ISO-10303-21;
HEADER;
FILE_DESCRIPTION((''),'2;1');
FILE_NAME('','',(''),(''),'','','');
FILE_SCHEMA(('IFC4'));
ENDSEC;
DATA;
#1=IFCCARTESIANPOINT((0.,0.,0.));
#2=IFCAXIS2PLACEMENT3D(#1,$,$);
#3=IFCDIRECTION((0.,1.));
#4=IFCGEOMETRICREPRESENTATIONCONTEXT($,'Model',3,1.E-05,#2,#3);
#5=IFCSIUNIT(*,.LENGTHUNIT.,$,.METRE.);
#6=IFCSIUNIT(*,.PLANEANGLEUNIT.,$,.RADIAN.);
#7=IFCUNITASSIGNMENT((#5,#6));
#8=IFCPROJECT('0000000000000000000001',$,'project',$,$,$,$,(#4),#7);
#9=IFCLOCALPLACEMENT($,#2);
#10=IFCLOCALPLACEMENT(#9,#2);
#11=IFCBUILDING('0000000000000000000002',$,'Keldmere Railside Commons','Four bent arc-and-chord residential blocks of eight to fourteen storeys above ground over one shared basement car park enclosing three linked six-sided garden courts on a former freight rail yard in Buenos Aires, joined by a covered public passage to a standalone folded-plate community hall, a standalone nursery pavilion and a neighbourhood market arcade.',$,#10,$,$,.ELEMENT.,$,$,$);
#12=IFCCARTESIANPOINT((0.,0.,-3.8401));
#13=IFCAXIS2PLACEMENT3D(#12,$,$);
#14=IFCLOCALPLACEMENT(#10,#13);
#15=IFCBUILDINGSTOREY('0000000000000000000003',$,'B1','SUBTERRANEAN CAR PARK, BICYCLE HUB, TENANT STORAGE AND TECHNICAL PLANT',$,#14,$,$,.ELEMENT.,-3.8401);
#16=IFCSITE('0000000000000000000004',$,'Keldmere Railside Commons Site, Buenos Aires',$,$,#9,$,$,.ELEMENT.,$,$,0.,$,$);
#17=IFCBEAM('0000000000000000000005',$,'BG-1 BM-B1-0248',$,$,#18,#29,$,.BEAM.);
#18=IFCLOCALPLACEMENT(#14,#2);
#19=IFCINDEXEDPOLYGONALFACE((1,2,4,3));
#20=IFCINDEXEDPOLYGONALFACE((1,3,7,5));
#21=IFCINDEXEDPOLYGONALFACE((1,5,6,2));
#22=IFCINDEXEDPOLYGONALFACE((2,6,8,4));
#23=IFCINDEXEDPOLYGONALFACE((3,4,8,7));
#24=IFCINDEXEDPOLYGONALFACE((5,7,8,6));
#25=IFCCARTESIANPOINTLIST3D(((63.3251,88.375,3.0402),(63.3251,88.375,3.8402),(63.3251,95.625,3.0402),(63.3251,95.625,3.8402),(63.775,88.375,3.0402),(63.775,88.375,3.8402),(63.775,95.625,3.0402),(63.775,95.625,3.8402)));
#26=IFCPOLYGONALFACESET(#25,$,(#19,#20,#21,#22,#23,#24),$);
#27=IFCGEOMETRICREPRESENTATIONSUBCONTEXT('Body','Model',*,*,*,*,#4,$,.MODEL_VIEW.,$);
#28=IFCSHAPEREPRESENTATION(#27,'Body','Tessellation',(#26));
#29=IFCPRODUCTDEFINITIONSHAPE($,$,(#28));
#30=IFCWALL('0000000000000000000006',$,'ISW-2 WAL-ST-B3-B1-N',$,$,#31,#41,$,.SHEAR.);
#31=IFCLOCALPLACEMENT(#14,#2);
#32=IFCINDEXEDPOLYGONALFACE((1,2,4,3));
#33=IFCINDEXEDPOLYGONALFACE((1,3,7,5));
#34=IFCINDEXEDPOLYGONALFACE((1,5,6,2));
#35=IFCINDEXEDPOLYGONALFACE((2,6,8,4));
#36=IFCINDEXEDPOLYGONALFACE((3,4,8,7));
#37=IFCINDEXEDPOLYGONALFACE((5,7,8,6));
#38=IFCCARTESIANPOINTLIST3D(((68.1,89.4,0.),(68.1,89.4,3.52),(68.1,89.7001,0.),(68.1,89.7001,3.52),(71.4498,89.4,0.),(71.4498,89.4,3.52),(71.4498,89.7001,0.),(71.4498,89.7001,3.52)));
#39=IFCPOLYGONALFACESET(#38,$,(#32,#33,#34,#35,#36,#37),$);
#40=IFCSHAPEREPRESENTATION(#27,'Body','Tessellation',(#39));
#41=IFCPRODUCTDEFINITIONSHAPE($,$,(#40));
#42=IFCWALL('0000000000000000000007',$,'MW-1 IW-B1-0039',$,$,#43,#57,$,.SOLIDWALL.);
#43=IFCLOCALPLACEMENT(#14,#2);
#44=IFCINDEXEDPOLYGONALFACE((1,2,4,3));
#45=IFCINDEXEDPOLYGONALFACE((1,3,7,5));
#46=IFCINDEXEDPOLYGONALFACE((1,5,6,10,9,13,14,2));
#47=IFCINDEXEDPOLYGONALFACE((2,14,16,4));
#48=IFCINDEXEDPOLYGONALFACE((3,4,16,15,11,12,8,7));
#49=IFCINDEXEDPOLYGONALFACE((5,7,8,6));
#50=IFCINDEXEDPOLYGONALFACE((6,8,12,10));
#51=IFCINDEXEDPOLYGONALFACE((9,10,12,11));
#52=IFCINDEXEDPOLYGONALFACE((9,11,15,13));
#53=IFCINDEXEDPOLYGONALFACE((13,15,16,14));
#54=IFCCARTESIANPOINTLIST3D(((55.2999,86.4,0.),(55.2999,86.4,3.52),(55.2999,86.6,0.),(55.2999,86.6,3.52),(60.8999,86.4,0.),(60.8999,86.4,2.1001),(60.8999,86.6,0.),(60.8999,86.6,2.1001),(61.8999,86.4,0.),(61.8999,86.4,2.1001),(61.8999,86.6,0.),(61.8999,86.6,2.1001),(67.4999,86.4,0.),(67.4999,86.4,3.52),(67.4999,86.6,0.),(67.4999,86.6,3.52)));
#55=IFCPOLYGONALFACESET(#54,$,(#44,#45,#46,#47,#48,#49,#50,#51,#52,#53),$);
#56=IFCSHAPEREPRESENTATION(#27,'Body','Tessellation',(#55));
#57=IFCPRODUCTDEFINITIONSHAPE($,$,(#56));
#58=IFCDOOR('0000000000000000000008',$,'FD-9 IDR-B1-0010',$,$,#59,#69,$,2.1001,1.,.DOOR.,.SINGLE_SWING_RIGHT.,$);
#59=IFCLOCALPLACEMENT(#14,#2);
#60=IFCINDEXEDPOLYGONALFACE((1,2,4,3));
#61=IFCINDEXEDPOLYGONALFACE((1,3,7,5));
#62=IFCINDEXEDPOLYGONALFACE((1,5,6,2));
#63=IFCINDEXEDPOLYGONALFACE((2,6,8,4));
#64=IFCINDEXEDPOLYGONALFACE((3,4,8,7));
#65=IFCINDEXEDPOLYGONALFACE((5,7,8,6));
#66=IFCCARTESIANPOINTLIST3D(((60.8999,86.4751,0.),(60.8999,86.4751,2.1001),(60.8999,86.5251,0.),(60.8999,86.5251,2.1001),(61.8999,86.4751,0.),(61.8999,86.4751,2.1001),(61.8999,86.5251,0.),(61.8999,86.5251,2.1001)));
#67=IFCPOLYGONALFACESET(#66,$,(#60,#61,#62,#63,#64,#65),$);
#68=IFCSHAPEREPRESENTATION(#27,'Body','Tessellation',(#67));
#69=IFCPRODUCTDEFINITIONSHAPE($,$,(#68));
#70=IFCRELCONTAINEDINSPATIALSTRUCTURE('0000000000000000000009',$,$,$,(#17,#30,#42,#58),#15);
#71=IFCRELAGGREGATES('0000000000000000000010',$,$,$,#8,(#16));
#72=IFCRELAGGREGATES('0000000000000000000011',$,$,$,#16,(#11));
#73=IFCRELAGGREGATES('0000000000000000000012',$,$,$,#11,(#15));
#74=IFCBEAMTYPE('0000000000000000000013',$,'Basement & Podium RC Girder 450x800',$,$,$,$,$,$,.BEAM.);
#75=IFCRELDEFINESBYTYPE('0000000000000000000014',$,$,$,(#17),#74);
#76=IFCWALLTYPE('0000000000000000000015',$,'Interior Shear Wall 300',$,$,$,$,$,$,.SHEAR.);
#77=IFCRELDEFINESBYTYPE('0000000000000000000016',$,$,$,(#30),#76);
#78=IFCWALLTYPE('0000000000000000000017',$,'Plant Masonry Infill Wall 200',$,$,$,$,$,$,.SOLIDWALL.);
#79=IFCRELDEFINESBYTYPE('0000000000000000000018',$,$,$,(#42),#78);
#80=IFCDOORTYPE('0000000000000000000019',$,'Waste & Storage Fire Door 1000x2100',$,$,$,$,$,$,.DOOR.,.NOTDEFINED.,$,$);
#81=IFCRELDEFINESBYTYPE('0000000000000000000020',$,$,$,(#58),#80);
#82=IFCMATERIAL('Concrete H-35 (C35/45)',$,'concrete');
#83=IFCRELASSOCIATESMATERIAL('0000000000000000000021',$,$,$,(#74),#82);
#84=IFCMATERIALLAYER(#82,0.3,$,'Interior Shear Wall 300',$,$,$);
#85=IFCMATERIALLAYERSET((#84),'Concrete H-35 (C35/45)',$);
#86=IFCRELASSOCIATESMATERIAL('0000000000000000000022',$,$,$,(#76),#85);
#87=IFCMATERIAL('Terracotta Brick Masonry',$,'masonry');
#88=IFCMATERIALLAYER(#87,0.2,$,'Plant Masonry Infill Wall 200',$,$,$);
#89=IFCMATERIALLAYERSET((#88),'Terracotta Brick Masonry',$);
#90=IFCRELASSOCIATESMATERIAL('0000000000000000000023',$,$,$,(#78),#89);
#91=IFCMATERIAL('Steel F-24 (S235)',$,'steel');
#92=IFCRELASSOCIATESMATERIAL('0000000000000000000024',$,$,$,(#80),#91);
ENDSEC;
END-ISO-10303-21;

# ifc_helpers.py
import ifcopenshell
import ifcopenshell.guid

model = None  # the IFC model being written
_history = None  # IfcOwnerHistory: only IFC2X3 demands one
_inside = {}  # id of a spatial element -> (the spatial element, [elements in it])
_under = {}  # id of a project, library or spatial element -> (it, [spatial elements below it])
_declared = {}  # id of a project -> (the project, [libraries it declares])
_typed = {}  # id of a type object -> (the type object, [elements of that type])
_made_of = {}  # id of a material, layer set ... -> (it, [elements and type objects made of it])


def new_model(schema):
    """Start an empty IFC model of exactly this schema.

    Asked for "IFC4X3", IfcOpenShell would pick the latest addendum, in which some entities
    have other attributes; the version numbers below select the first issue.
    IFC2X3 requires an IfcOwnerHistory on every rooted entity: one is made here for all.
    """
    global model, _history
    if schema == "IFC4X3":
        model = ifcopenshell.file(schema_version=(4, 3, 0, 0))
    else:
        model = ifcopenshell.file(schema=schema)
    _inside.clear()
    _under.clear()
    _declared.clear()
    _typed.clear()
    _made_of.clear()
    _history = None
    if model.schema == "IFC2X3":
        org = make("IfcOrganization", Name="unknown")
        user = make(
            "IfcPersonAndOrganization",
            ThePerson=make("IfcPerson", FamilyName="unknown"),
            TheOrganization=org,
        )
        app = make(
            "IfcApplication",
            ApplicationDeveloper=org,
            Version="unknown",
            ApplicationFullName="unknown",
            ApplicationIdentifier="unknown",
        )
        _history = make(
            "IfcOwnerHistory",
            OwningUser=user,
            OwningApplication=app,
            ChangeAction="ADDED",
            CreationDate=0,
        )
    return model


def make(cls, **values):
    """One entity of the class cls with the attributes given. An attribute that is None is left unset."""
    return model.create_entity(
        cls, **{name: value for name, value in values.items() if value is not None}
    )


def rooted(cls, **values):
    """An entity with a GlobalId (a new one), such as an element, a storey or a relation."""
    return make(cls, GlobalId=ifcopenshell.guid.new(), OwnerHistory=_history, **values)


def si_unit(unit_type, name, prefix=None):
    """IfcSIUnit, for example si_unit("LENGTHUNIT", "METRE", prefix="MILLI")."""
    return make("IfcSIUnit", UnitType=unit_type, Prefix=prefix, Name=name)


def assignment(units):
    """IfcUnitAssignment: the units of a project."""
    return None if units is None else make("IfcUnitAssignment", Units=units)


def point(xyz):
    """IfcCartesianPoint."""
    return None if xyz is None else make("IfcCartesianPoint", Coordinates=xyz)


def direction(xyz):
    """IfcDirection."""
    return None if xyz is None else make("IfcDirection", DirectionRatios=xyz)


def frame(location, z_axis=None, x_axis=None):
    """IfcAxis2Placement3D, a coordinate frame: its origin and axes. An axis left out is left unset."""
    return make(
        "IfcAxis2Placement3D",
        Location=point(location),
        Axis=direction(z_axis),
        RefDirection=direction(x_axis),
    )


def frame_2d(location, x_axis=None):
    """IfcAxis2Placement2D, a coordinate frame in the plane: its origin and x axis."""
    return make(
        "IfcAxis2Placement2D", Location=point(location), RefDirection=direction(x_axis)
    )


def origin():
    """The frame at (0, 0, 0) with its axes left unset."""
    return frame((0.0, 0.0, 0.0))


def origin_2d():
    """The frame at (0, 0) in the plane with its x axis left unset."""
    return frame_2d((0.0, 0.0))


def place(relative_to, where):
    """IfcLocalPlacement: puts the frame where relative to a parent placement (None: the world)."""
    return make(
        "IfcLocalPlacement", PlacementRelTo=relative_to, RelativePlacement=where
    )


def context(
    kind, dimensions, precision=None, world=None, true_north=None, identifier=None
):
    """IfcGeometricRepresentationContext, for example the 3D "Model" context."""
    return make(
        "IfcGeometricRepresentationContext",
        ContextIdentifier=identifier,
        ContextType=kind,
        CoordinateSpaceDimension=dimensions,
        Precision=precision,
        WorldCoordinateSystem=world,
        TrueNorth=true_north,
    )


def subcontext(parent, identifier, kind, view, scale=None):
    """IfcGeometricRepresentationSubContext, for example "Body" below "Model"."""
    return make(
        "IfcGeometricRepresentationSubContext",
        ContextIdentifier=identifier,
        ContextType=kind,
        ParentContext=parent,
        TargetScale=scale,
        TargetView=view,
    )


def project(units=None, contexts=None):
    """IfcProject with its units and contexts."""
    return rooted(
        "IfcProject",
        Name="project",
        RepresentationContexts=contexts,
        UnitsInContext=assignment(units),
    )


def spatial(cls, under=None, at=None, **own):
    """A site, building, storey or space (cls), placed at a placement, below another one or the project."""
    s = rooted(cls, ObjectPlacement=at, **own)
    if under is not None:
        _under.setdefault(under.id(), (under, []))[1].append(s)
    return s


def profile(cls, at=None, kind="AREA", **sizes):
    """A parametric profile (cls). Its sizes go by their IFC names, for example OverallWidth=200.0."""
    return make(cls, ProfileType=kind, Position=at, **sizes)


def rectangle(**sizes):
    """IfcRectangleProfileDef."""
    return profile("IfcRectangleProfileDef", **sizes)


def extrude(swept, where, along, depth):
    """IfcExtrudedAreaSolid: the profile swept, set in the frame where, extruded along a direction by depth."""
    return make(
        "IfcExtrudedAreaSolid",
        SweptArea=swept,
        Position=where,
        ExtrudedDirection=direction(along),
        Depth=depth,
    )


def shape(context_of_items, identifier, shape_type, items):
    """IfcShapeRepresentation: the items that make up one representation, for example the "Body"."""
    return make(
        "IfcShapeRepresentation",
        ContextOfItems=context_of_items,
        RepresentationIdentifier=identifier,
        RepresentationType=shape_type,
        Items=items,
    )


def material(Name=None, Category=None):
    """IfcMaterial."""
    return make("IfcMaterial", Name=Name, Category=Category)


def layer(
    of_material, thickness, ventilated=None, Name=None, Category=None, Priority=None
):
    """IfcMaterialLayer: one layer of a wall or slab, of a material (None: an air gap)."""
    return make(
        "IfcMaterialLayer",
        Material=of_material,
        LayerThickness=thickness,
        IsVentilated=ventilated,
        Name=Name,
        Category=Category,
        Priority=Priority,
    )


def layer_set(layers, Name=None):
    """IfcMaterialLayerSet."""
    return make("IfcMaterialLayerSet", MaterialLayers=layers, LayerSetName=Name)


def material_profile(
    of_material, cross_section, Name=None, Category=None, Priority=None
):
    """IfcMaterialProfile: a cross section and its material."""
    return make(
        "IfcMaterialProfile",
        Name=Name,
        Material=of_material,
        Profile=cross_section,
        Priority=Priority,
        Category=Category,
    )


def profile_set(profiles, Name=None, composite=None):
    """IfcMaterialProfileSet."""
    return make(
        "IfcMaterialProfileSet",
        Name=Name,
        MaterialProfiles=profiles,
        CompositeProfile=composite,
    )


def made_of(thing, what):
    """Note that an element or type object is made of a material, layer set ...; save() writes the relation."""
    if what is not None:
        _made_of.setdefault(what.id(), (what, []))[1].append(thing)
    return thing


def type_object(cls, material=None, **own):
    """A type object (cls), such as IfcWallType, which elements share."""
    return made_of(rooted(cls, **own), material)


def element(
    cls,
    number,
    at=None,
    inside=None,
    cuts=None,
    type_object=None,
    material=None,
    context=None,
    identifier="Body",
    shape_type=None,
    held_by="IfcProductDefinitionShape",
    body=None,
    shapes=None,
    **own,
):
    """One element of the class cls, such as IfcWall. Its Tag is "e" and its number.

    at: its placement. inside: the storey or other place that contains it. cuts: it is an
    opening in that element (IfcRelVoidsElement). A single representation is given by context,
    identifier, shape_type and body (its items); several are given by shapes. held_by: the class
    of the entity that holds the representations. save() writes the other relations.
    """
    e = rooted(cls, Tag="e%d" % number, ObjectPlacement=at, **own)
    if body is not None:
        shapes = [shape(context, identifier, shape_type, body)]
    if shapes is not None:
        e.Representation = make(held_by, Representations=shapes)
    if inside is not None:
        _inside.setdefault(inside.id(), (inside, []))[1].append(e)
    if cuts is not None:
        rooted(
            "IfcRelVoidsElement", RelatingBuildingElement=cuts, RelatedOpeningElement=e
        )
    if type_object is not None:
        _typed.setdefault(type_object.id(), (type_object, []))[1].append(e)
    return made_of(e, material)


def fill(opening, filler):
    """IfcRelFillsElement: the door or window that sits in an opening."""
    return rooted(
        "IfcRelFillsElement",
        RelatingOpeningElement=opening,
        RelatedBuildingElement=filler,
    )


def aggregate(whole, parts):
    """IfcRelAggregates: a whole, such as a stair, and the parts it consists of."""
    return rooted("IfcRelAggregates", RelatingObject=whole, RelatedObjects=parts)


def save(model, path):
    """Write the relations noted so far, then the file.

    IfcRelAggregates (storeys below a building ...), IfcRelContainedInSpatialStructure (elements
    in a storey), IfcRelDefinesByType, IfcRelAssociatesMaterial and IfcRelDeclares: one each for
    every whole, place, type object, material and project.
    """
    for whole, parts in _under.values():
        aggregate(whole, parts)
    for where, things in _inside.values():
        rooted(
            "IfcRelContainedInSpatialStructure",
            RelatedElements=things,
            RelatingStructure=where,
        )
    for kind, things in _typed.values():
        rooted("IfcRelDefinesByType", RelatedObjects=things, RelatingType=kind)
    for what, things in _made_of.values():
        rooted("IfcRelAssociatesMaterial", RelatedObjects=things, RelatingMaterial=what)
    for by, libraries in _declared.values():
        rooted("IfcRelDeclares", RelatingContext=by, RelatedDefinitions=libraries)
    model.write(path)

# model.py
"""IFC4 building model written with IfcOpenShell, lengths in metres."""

from ifc_helpers import new_model, si_unit, direction, frame, frame_2d, origin, origin_2d, place, context, subcontext, project, spatial, rectangle, extrude, material, layer, layer_set, material_profile, profile_set, type_object, element, fill, save


model = new_model("IFC4")

# Units and contexts
model_context = context("Model", 3, precision=1e-05, world=origin(), true_north=direction((0.0, 1.0)))
body_context = subcontext(model_context, "Body", "Model", "MODEL_VIEW")
ifc_project = project(units=[si_unit("LENGTHUNIT", "METRE"), si_unit("PLANEANGLEUNIT", "RADIAN")], contexts=[model_context])

# Site, building, storey
site_placement = place(None, origin())
site = spatial("IfcSite", under=ifc_project, at=site_placement, Name="Keldmere Railside Commons Site, Buenos Aires", CompositionType="ELEMENT", RefElevation=0.0)
building_placement = place(site_placement, origin())
building = spatial("IfcBuilding", under=site, at=building_placement, Name="Keldmere Railside Commons", Description="Four bent arc-and-chord residential blocks of eight to fourteen storeys above ground over one shared basement car park enclosing three linked six-sided garden courts on a former freight rail yard in Buenos Aires, joined by a covered public passage to a standalone folded-plate community hall, a standalone nursery pavilion and a neighbourhood market arcade.", CompositionType="ELEMENT")
storey_placement = place(building_placement, frame((0.0, 0.0, -3.8401)))
storey = spatial("IfcBuildingStorey", under=building, at=storey_placement, Name="B1", Description="SUBTERRANEAN CAR PARK, BICYCLE HUB, TENANT STORAGE AND TECHNICAL PLANT", CompositionType="ELEMENT", Elevation=-3.8401)

# Beam
ifc_material_1 = material(Name="Concrete H-35 (C35/45)", Category="concrete")
ifc_material_profile_1 = material_profile(ifc_material_1, rectangle(XDim=0.45, YDim=0.8, at=origin_2d()), Name="RC-450x800")
ifc_profile_set_1 = profile_set([ifc_material_profile_1], Name="Concrete H-35 (C35/45)")
beam_type = type_object("IfcBeamType", Name="Basement & Podium RC Girder 450x800", PredefinedType="BEAM", material=ifc_profile_set_1)
beam_placement = place(storey_placement, frame((63.55, 88.375, 3.4402), z_axis=(0.0, 1.0, 0.0), x_axis=(-1.0, 0.0, 0.0)))
element("IfcBeam", 1, at=beam_placement, inside=storey, type_object=beam_type, Name="BG-1 BM-B1-0248", PredefinedType="BEAM", context=body_context, shape_type="SweptSolid", body=[
    extrude(rectangle(XDim=0.45, YDim=0.8, at=origin_2d()), origin(), (0.0, 0.0, 1.0), 7.25),
])

# Wall
ifc_layer_1 = layer(ifc_material_1, 0.3, Name="Interior Shear Wall 300")
ifc_layer_set_1 = layer_set([ifc_layer_1], Name="Concrete H-35 (C35/45)")
wall_type_1 = type_object("IfcWallType", Name="Interior Shear Wall 300", PredefinedType="SHEAR", material=ifc_layer_set_1)
wall_1_placement = place(storey_placement, frame((68.1001, 89.55, 0.0), z_axis=(0.0, 0.0, 1.0), x_axis=(1.0, 0.0, 0.0)))
element("IfcWall", 2, at=wall_1_placement, inside=storey, type_object=wall_type_1, Name="ISW-2 WAL-ST-B3-B1-N", PredefinedType="SHEAR", context=body_context, shape_type="SweptSolid", body=[
    extrude(rectangle(XDim=3.3499, YDim=0.3, at=frame_2d((1.6748, 0.0))), origin(), (0.0, 0.0, 1.0), 3.52),
])

# Wall, opening, door
ifc_material_2 = material(Name="Terracotta Brick Masonry", Category="masonry")
ifc_layer_2 = layer(ifc_material_2, 0.2, Name="Plant Masonry Infill Wall 200")
ifc_layer_set_2 = layer_set([ifc_layer_2], Name="Terracotta Brick Masonry")
wall_type_2 = type_object("IfcWallType", Name="Plant Masonry Infill Wall 200", PredefinedType="SOLIDWALL", material=ifc_layer_set_2)
wall_2_placement = place(storey_placement, frame((67.5, 86.5, 0.0), z_axis=(0.0, 0.0, 1.0), x_axis=(-1.0, 0.0, 0.0)))
wall_2 = element("IfcWall", 3, at=wall_2_placement, inside=storey, type_object=wall_type_2, Name="MW-1 IW-B1-0039", PredefinedType="SOLIDWALL", context=body_context, shape_type="SweptSolid", body=[
    extrude(rectangle(XDim=12.2, YDim=0.2, at=frame_2d((6.1001, 0.0))), origin(), (0.0, 0.0, 1.0), 3.52),
])
opening_placement = place(wall_2_placement, frame((5.6001, 0.0, 0.0)))
opening = element("IfcOpeningElement", 4, at=opening_placement, cuts=wall_2, PredefinedType="OPENING", context=body_context, shape_type="SweptSolid", body=[
    extrude(rectangle(XDim=1.0, YDim=2.1001, at=frame_2d((0.5, 1.05))), frame((0.0, 0.1099, 0.0), z_axis=(0.0, -1.0, 0.0), x_axis=(1.0, 0.0, 0.0)), (0.0, 0.0, 1.0), 0.22),
])
ifc_material_3 = material(Name="Steel F-24 (S235)", Category="steel")
door_type = type_object("IfcDoorType", Name="Waste & Storage Fire Door 1000x2100", OperationType="NOTDEFINED", PredefinedType="DOOR", material=ifc_material_3)
door_placement = place(opening_placement, origin())
door = element("IfcDoor", 5, at=door_placement, inside=storey, type_object=door_type, Name="FD-9 IDR-B1-0010", OperationType="SINGLE_SWING_RIGHT", OverallHeight=2.1001, OverallWidth=1.0, PredefinedType="DOOR", context=body_context, shape_type="SweptSolid", body=[
    extrude(rectangle(XDim=1.0, YDim=2.1001, at=frame_2d((0.5, 1.05))), frame((0.0, 0.0249, 0.0), z_axis=(0.0, -1.0, 0.0), x_axis=(1.0, 0.0, 0.0)), (0.0, 0.0, 1.0), 0.05),
])
fill(opening, door)

save(model, "model.ifc")
